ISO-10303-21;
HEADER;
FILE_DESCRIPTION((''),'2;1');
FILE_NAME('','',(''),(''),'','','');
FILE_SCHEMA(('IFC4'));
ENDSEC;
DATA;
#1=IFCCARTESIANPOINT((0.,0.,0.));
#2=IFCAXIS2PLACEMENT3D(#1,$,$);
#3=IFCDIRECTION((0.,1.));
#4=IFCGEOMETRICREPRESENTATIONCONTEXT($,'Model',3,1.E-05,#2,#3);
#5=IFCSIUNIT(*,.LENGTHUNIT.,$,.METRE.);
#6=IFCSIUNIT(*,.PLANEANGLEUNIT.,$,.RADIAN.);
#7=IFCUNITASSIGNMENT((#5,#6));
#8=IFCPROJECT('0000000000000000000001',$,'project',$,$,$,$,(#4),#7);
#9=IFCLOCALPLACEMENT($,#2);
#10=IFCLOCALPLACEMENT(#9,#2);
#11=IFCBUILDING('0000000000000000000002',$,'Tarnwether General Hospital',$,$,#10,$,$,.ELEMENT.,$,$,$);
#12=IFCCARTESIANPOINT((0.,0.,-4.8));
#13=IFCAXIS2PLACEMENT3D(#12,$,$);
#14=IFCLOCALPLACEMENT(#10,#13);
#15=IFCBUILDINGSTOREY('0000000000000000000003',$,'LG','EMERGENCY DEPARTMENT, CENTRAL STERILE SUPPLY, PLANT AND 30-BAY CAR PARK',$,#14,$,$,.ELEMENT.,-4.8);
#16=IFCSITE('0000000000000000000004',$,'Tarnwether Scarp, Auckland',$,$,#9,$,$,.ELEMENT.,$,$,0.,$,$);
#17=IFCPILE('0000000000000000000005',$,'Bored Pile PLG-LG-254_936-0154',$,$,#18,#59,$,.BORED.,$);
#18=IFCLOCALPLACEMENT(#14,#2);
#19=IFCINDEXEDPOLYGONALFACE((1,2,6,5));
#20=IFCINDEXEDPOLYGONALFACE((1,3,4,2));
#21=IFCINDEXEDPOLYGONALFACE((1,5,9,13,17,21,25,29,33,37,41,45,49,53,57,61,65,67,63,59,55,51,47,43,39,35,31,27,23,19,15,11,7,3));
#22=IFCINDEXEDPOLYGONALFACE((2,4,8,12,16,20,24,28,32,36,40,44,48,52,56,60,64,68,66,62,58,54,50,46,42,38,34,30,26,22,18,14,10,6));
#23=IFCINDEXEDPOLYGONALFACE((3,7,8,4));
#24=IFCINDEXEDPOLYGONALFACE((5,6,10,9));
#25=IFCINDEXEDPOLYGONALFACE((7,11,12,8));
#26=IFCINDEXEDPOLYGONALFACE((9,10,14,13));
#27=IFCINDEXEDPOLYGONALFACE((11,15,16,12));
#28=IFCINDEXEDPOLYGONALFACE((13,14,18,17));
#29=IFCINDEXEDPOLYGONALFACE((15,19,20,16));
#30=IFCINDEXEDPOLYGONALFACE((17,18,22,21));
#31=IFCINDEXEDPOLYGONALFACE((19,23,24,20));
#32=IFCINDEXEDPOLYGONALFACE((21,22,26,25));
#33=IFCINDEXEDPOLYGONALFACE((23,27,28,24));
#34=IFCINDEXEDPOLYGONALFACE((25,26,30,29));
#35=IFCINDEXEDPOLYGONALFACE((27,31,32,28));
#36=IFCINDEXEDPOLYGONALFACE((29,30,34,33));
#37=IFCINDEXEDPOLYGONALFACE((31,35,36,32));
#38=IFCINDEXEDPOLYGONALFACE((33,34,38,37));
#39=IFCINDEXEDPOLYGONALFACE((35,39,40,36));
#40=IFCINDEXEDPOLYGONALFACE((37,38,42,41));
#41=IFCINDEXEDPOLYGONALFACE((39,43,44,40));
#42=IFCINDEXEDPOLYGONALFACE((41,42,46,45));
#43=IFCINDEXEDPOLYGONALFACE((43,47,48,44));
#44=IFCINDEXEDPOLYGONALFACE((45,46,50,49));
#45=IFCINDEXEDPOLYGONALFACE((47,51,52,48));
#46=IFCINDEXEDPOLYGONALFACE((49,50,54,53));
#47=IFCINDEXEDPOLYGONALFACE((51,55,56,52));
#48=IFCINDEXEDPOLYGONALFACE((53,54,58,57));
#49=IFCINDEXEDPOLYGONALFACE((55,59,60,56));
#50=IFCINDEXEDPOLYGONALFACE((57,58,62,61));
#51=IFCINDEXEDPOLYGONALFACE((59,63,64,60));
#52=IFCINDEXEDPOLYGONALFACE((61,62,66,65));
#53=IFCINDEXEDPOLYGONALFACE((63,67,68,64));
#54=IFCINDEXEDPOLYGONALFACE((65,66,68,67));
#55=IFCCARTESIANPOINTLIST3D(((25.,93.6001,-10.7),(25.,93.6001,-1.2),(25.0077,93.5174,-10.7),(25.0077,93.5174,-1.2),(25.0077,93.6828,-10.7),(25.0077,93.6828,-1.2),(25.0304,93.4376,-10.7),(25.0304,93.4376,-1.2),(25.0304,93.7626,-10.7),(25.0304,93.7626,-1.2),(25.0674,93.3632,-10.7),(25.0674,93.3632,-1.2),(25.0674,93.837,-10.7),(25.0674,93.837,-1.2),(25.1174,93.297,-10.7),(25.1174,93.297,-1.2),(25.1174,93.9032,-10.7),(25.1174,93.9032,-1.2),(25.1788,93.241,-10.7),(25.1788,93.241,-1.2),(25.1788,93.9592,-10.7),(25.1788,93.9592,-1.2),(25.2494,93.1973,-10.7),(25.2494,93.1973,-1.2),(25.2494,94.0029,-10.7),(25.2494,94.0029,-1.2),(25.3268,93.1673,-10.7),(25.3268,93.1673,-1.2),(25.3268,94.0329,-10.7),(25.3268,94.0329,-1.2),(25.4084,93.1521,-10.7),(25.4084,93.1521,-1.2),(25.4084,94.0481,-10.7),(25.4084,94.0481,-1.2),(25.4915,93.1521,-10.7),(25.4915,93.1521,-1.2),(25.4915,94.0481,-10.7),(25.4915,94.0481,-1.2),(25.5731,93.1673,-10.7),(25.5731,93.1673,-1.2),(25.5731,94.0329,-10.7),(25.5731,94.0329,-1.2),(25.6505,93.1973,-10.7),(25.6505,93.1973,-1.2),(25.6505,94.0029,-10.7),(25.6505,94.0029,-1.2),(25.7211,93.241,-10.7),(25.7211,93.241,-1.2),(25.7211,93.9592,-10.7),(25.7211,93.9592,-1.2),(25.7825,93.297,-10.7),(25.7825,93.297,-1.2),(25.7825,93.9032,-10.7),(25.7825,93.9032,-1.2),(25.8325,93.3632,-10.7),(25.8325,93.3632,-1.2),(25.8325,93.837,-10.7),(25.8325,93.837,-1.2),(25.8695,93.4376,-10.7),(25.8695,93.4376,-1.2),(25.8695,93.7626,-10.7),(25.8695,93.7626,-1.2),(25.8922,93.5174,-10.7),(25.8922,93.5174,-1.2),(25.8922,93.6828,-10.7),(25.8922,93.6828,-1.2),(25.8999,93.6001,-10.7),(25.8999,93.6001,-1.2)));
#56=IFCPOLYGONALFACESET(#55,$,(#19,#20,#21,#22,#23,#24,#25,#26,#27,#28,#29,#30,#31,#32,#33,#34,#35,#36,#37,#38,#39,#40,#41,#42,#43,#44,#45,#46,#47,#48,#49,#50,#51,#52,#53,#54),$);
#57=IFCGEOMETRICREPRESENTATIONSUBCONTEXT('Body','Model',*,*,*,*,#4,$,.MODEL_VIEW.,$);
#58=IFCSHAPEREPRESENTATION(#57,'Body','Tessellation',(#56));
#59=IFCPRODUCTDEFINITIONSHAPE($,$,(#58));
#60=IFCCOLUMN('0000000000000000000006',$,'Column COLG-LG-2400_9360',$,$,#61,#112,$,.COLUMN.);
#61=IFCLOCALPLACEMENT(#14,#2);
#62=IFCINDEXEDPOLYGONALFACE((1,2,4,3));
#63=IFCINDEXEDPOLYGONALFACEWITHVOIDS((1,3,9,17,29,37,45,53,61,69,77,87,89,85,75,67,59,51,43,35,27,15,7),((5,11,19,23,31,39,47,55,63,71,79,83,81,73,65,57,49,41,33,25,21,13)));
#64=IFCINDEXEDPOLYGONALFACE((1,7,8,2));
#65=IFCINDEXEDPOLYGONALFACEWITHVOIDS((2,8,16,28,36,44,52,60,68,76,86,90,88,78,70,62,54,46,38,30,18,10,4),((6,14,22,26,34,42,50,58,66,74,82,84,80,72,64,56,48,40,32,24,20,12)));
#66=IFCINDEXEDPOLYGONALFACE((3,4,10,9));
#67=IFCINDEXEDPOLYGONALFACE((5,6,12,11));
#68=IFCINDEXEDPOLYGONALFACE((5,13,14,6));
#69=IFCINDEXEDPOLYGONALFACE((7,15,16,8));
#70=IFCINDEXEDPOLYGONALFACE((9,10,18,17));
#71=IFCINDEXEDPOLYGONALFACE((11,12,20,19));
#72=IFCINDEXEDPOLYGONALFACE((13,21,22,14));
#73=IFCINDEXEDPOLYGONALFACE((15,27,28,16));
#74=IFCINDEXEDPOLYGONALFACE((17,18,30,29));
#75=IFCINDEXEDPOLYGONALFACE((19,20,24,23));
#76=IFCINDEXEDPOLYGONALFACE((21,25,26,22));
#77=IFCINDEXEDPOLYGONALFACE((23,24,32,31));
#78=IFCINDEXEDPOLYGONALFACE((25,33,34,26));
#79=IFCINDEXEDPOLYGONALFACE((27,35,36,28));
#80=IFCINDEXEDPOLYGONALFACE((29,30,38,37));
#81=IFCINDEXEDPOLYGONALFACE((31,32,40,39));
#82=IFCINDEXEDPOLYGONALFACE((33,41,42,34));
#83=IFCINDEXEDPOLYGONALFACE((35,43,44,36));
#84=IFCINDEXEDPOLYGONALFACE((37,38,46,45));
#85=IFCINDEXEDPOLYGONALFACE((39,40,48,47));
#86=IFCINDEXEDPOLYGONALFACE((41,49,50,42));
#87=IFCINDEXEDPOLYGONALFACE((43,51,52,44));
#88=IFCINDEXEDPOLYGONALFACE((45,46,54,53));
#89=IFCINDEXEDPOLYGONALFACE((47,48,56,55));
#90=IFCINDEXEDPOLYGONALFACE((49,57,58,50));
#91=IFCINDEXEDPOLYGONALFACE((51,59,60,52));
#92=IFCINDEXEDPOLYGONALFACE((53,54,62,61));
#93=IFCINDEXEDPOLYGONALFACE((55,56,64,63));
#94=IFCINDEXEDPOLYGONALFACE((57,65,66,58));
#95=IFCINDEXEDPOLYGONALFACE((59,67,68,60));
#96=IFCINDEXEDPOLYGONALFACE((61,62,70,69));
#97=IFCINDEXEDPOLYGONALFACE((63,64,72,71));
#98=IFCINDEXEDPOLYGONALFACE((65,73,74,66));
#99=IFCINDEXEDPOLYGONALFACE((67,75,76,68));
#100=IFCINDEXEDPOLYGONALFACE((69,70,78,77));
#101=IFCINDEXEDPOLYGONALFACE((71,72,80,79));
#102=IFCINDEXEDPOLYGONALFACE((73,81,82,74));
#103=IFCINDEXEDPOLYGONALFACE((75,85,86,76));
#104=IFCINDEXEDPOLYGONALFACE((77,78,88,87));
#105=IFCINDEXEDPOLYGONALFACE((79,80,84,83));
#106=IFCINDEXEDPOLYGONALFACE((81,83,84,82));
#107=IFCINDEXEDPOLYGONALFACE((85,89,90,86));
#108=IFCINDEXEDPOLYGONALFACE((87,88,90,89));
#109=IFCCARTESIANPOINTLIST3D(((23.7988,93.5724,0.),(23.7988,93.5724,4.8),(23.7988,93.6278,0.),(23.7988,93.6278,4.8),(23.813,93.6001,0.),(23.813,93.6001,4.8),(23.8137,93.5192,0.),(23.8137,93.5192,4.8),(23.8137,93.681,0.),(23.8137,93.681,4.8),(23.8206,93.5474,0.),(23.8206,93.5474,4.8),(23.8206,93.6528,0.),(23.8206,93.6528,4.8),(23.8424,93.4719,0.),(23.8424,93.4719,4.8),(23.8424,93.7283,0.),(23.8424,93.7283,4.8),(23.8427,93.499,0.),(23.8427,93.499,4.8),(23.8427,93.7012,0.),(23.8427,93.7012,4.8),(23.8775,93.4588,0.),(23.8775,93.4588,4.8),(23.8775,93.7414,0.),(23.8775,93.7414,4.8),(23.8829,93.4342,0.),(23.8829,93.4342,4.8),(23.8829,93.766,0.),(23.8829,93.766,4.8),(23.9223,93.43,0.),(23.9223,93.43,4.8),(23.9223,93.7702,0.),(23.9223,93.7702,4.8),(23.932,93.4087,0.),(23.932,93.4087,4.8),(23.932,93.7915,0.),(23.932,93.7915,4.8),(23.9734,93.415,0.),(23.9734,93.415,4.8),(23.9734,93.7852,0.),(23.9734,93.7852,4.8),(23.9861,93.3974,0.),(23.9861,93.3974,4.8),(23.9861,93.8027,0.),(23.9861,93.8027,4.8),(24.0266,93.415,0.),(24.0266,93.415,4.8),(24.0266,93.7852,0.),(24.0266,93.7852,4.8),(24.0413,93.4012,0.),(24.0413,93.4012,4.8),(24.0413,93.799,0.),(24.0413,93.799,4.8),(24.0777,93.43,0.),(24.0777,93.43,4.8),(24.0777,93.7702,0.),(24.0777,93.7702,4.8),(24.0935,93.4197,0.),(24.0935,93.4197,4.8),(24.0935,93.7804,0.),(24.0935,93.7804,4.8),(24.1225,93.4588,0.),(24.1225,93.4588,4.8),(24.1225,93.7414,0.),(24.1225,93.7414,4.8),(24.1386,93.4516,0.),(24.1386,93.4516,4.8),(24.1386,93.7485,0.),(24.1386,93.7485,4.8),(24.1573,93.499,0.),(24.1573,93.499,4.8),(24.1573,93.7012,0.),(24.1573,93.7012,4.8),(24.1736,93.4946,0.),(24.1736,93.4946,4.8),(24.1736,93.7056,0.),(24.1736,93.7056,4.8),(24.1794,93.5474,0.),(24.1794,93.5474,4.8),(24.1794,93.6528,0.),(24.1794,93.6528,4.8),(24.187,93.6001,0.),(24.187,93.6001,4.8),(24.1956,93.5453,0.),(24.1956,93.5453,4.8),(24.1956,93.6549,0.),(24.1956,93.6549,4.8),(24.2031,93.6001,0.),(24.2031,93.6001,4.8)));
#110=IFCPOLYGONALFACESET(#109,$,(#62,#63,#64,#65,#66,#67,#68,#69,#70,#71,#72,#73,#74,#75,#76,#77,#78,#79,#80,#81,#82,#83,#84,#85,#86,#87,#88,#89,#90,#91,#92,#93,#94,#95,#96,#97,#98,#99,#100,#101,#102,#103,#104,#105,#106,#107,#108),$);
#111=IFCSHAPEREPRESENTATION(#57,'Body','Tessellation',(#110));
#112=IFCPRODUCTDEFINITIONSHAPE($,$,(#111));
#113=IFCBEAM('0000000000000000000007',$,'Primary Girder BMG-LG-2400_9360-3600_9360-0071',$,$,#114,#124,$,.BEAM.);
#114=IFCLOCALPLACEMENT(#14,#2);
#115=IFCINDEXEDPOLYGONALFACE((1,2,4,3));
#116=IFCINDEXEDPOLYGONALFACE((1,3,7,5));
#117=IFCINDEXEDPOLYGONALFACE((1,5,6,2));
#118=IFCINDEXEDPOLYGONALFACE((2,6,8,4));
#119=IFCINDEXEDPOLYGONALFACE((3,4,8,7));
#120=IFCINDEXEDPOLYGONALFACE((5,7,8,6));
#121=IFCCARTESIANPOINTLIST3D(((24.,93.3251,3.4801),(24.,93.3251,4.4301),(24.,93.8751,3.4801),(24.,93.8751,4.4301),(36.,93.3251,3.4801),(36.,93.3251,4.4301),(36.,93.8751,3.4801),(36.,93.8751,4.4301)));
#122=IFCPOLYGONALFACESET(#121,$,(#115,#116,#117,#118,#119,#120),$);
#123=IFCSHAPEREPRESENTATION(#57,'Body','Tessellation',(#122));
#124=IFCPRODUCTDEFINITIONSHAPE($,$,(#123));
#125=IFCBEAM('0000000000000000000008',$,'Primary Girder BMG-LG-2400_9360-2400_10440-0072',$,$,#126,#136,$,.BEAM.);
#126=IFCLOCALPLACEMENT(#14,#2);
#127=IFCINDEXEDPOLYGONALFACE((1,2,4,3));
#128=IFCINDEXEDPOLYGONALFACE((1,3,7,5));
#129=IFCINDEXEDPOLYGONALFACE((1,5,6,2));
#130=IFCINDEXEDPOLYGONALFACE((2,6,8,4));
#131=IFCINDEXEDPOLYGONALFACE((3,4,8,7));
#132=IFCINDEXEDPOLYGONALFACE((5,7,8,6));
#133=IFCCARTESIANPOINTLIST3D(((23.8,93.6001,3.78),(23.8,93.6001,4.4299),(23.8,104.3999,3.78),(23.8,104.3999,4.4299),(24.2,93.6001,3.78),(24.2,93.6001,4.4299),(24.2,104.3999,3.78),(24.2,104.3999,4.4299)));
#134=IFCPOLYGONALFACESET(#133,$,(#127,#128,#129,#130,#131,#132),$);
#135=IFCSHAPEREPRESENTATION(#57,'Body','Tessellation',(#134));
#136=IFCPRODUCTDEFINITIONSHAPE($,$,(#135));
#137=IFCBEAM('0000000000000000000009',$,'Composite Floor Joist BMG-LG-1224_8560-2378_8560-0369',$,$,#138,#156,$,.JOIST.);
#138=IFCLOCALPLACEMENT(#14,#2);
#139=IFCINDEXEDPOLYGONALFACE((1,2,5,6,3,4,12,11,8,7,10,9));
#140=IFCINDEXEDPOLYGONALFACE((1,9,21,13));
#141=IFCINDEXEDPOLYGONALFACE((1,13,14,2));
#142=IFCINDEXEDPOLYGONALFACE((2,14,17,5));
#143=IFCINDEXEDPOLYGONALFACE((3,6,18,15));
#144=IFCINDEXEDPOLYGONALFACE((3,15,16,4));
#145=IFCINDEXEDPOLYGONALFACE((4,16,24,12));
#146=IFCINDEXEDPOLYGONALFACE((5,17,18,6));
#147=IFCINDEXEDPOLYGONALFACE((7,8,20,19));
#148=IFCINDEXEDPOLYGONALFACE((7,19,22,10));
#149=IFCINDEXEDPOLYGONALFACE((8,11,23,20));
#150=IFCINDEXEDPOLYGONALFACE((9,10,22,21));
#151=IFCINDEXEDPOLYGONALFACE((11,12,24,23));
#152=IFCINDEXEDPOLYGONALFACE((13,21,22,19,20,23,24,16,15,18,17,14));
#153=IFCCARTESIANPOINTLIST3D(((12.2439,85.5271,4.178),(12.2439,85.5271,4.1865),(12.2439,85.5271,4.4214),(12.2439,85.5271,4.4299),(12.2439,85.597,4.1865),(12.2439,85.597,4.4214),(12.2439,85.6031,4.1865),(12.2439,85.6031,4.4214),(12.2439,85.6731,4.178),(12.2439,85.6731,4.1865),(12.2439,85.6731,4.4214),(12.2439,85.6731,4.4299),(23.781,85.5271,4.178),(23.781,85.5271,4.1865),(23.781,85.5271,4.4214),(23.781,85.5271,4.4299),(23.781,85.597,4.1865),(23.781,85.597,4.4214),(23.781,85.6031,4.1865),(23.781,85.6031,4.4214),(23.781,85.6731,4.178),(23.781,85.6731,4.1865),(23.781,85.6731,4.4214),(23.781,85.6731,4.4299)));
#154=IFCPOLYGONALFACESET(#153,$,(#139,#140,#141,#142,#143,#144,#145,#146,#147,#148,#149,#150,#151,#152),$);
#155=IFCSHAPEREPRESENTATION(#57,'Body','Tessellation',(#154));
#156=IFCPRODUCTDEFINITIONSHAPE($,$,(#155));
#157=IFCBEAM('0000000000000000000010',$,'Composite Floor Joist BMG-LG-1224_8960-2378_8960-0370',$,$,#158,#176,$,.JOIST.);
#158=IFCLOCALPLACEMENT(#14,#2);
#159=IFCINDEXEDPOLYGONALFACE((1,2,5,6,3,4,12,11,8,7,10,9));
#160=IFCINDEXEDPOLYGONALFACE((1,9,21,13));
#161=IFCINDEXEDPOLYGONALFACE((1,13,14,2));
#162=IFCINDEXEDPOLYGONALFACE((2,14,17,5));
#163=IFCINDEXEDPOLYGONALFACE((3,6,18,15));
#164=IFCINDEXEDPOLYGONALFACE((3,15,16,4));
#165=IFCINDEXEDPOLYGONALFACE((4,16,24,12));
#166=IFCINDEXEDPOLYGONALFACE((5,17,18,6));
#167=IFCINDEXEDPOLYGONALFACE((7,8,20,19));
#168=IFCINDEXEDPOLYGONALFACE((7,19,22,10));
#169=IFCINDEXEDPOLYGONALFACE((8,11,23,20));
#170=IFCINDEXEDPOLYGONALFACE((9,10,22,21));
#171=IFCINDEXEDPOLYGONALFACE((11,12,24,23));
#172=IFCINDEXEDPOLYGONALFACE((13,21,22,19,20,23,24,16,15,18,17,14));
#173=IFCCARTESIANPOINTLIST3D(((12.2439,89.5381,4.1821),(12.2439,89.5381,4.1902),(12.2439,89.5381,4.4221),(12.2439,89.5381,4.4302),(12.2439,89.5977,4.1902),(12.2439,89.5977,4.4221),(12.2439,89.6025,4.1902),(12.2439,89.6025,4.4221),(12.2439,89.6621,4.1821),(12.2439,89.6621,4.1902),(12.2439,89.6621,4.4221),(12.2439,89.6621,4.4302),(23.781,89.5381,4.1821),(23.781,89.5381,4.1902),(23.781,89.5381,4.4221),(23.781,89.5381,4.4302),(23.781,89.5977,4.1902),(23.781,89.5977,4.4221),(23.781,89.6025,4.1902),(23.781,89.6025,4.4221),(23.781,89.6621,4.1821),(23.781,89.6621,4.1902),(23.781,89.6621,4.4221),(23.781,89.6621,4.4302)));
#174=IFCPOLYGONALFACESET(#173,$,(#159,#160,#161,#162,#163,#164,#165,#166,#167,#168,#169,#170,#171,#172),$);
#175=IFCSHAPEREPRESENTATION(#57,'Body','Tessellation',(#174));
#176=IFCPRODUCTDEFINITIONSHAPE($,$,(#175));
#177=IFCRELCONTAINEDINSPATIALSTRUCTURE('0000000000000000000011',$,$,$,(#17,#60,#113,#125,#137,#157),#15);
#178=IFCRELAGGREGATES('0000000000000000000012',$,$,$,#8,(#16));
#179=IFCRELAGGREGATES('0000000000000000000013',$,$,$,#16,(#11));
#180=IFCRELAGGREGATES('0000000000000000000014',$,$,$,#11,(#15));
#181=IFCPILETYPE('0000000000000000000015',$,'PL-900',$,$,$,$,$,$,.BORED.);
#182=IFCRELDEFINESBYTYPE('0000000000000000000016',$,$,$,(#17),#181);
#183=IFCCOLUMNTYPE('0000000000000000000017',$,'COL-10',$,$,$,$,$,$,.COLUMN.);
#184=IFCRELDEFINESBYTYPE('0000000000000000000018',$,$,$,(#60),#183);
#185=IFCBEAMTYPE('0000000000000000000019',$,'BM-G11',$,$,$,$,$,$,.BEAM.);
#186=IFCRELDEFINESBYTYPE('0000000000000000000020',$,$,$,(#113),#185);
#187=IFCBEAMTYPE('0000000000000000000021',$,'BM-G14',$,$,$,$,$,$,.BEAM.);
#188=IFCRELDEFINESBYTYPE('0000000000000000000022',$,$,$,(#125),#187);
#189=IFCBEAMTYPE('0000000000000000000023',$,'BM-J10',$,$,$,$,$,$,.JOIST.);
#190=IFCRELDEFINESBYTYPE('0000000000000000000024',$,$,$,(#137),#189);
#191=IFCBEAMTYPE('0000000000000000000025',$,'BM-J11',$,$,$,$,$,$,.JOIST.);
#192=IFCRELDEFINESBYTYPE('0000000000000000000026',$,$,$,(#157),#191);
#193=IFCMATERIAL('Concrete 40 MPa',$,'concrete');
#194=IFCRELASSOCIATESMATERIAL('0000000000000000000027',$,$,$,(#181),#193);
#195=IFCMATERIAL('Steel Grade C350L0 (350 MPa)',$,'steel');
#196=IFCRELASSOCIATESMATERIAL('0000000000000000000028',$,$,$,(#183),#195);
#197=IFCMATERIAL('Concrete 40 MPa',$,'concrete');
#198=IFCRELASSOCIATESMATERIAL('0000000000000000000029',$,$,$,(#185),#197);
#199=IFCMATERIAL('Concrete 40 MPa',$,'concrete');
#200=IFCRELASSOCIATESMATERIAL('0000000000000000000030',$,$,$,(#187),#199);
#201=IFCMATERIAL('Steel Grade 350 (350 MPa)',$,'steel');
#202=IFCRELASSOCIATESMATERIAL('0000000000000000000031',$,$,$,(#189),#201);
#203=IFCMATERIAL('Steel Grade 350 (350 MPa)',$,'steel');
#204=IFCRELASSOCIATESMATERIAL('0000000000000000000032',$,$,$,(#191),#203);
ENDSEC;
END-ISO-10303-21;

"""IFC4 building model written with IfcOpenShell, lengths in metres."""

from ifc_helpers import new_model, si_unit, direction, frame, origin, origin_2d, place, context, subcontext, project, spatial, rectangle, circle, hollow_circle, i_section, extrude, material, material_profile, profile_set, type_object, element, save


model = new_model("IFC4")

# Units and contexts
model_context = context("Model", 3, precision=1e-05, world=origin(), true_north=direction((0.0, 1.0)))
body_context = subcontext(model_context, "Body", "Model", "MODEL_VIEW")
ifc_project = project(units=[si_unit("LENGTHUNIT", "METRE"), si_unit("PLANEANGLEUNIT", "RADIAN")], contexts=[model_context])

# Site, building, storey
site_placement = place(None, origin())
site = spatial("IfcSite", under=ifc_project, at=site_placement, Name="Tarnwether Scarp, Auckland", CompositionType="ELEMENT", RefElevation=0.0)
building_placement = place(site_placement, origin())
building = spatial("IfcBuilding", under=site, at=building_placement, Name="Tarnwether General Hospital", CompositionType="ELEMENT")
storey_placement = place(building_placement, frame((0.0, 0.0, -4.8)))
storey = spatial("IfcBuildingStorey", under=building, at=storey_placement, Name="LG", Description="EMERGENCY DEPARTMENT, CENTRAL STERILE SUPPLY, PLANT AND 30-BAY CAR PARK", CompositionType="ELEMENT", Elevation=-4.8)

# Pile
ifc_material_1 = material(Name="Concrete 40 MPa", Category="concrete")
ifc_material_profile_1 = material_profile(ifc_material_1, circle(Radius=0.45, at=origin_2d()), Name="PILE-D900")
ifc_profile_set_1 = profile_set([ifc_material_profile_1], Name="Concrete 40 MPa")
pile_type_1 = type_object("IfcPileType", Name="PL-900", PredefinedType="BORED", material=ifc_profile_set_1)
for number, where, z_axis, x_axis, name in (
    (1, (25.45, 93.6001, -1.2), (0.0, 0.0, -1.0), (1.0, 0.0, 0.0), "Bored Pile PLG-LG-254_936-0154"),
):
    element("IfcPile", number, at=place(storey_placement, frame(where, z_axis=z_axis, x_axis=x_axis)), inside=storey, type_object=pile_type_1, Name=name, PredefinedType="BORED", context=body_context, shape_type="SweptSolid", body=[
        extrude(circle(Radius=0.45, at=origin_2d()), origin(), (0.0, 0.0, 1.0), 9.5),
    ])

# Column
ifc_material_2 = material(Name="Steel Grade C350L0 (350 MPa)", Category="steel")
ifc_material_profile_2 = material_profile(ifc_material_2, hollow_circle(Radius=0.2031, WallThickness=0.0161, at=origin_2d()), Name="CHS406.4x16.0")
ifc_profile_set_2 = profile_set([ifc_material_profile_2], Name="Steel Grade C350L0 (350 MPa)")
column_type = type_object("IfcColumnType", Name="COL-10", PredefinedType="COLUMN", material=ifc_profile_set_2)
column_placement = place(storey_placement, frame((24.0, 93.6001, 0.0), z_axis=(0.0, 0.0, 1.0), x_axis=(1.0, 0.0, 0.0)))
element("IfcColumn", 2, at=column_placement, inside=storey, type_object=column_type, Name="Column COLG-LG-2400_9360", PredefinedType="COLUMN", context=body_context, shape_type="SweptSolid", body=[
    extrude(hollow_circle(Radius=0.2031, WallThickness=0.0161, at=origin_2d()), origin(), (0.0, 0.0, 1.0), 4.8),
])

# Beams
ifc_material_3 = material(Name="Concrete 40 MPa", Category="concrete")
ifc_material_profile_3 = material_profile(ifc_material_3, rectangle(XDim=0.55, YDim=0.95, at=origin_2d()), Name="RC-BM-550x950")
ifc_profile_set_3 = profile_set([ifc_material_profile_3], Name="Concrete 40 MPa")
beam_type_1 = type_object("IfcBeamType", Name="BM-G11", PredefinedType="BEAM", material=ifc_profile_set_3)
beam_1_placement = place(storey_placement, frame((24.0, 93.6001, 3.9551), z_axis=(1.0, 0.0, 0.0), x_axis=(0.0, 1.0, 0.0)))
element("IfcBeam", 3, at=beam_1_placement, inside=storey, type_object=beam_type_1, Name="Primary Girder BMG-LG-2400_9360-3600_9360-0071", PredefinedType="BEAM", context=body_context, shape_type="SweptSolid", body=[
    extrude(rectangle(XDim=0.55, YDim=0.95, at=origin_2d()), origin(), (0.0, 0.0, 1.0), 12.0),
])
ifc_material_4 = material(Name="Concrete 40 MPa", Category="concrete")
ifc_material_profile_4 = material_profile(ifc_material_4, rectangle(XDim=0.3999, YDim=0.6499, at=origin_2d()), Name="RC-BM-400x650")
ifc_profile_set_4 = profile_set([ifc_material_profile_4], Name="Concrete 40 MPa")
beam_type_2 = type_object("IfcBeamType", Name="BM-G14", PredefinedType="BEAM", material=ifc_profile_set_4)
beam_2_placement = place(storey_placement, frame((24.0, 93.6001, 4.105), z_axis=(0.0, 1.0, 0.0), x_axis=(-1.0, 0.0, 0.0)))
element("IfcBeam", 4, at=beam_2_placement, inside=storey, type_object=beam_type_2, Name="Primary Girder BMG-LG-2400_9360-2400_10440-0072", PredefinedType="BEAM", context=body_context, shape_type="SweptSolid", body=[
    extrude(rectangle(XDim=0.3999, YDim=0.6499, at=origin_2d()), origin(), (0.0, 0.0, 1.0), 10.7998),
])
ifc_material_5 = material(Name="Steel Grade 350 (350 MPa)", Category="steel")
ifc_material_profile_5 = material_profile(ifc_material_5, i_section(OverallWidth=0.146, OverallDepth=0.252, WebThickness=0.0061, FlangeThickness=0.0085, at=origin_2d()), Name="250UB31.4")
ifc_profile_set_5 = profile_set([ifc_material_profile_5], Name="Steel Grade 350 (350 MPa)")
beam_type_3 = type_object("IfcBeamType", Name="BM-J10", PredefinedType="JOIST", material=ifc_profile_set_5)
beam_3_placement = place(storey_placement, frame((12.2439, 85.6001, 4.304), z_axis=(1.0, 0.0, 0.0), x_axis=(0.0, 1.0, 0.0)))
element("IfcBeam", 5, at=beam_3_placement, inside=storey, type_object=beam_type_3, Name="Composite Floor Joist BMG-LG-1224_8560-2378_8560-0369", PredefinedType="JOIST", context=body_context, shape_type="SweptSolid", body=[
    extrude(i_section(OverallWidth=0.146, OverallDepth=0.252, WebThickness=0.0061, FlangeThickness=0.0085, at=origin_2d()), origin(), (0.0, 0.0, 1.0), 11.5371),
])
ifc_material_6 = material(Name="Steel Grade 350 (350 MPa)", Category="steel")
ifc_material_profile_6 = material_profile(ifc_material_6, i_section(OverallWidth=0.124, OverallDepth=0.248, WebThickness=0.0049, FlangeThickness=0.0081, at=origin_2d()), Name="250UB25.7")
ifc_profile_set_6 = profile_set([ifc_material_profile_6], Name="Steel Grade 350 (350 MPa)")
beam_type_4 = type_object("IfcBeamType", Name="BM-J11", PredefinedType="JOIST", material=ifc_profile_set_6)
beam_4_placement = place(storey_placement, frame((12.2439, 89.6001, 4.3062), z_axis=(1.0, 0.0, 0.0), x_axis=(0.0, 1.0, 0.0)))
element("IfcBeam", 6, at=beam_4_placement, inside=storey, type_object=beam_type_4, Name="Composite Floor Joist BMG-LG-1224_8960-2378_8960-0370", PredefinedType="JOIST", context=body_context, shape_type="SweptSolid", body=[
    extrude(i_section(OverallWidth=0.124, OverallDepth=0.248, WebThickness=0.0049, FlangeThickness=0.0081, at=origin_2d()), origin(), (0.0, 0.0, 1.0), 11.5371),
])

save(model, "model.ifc")
